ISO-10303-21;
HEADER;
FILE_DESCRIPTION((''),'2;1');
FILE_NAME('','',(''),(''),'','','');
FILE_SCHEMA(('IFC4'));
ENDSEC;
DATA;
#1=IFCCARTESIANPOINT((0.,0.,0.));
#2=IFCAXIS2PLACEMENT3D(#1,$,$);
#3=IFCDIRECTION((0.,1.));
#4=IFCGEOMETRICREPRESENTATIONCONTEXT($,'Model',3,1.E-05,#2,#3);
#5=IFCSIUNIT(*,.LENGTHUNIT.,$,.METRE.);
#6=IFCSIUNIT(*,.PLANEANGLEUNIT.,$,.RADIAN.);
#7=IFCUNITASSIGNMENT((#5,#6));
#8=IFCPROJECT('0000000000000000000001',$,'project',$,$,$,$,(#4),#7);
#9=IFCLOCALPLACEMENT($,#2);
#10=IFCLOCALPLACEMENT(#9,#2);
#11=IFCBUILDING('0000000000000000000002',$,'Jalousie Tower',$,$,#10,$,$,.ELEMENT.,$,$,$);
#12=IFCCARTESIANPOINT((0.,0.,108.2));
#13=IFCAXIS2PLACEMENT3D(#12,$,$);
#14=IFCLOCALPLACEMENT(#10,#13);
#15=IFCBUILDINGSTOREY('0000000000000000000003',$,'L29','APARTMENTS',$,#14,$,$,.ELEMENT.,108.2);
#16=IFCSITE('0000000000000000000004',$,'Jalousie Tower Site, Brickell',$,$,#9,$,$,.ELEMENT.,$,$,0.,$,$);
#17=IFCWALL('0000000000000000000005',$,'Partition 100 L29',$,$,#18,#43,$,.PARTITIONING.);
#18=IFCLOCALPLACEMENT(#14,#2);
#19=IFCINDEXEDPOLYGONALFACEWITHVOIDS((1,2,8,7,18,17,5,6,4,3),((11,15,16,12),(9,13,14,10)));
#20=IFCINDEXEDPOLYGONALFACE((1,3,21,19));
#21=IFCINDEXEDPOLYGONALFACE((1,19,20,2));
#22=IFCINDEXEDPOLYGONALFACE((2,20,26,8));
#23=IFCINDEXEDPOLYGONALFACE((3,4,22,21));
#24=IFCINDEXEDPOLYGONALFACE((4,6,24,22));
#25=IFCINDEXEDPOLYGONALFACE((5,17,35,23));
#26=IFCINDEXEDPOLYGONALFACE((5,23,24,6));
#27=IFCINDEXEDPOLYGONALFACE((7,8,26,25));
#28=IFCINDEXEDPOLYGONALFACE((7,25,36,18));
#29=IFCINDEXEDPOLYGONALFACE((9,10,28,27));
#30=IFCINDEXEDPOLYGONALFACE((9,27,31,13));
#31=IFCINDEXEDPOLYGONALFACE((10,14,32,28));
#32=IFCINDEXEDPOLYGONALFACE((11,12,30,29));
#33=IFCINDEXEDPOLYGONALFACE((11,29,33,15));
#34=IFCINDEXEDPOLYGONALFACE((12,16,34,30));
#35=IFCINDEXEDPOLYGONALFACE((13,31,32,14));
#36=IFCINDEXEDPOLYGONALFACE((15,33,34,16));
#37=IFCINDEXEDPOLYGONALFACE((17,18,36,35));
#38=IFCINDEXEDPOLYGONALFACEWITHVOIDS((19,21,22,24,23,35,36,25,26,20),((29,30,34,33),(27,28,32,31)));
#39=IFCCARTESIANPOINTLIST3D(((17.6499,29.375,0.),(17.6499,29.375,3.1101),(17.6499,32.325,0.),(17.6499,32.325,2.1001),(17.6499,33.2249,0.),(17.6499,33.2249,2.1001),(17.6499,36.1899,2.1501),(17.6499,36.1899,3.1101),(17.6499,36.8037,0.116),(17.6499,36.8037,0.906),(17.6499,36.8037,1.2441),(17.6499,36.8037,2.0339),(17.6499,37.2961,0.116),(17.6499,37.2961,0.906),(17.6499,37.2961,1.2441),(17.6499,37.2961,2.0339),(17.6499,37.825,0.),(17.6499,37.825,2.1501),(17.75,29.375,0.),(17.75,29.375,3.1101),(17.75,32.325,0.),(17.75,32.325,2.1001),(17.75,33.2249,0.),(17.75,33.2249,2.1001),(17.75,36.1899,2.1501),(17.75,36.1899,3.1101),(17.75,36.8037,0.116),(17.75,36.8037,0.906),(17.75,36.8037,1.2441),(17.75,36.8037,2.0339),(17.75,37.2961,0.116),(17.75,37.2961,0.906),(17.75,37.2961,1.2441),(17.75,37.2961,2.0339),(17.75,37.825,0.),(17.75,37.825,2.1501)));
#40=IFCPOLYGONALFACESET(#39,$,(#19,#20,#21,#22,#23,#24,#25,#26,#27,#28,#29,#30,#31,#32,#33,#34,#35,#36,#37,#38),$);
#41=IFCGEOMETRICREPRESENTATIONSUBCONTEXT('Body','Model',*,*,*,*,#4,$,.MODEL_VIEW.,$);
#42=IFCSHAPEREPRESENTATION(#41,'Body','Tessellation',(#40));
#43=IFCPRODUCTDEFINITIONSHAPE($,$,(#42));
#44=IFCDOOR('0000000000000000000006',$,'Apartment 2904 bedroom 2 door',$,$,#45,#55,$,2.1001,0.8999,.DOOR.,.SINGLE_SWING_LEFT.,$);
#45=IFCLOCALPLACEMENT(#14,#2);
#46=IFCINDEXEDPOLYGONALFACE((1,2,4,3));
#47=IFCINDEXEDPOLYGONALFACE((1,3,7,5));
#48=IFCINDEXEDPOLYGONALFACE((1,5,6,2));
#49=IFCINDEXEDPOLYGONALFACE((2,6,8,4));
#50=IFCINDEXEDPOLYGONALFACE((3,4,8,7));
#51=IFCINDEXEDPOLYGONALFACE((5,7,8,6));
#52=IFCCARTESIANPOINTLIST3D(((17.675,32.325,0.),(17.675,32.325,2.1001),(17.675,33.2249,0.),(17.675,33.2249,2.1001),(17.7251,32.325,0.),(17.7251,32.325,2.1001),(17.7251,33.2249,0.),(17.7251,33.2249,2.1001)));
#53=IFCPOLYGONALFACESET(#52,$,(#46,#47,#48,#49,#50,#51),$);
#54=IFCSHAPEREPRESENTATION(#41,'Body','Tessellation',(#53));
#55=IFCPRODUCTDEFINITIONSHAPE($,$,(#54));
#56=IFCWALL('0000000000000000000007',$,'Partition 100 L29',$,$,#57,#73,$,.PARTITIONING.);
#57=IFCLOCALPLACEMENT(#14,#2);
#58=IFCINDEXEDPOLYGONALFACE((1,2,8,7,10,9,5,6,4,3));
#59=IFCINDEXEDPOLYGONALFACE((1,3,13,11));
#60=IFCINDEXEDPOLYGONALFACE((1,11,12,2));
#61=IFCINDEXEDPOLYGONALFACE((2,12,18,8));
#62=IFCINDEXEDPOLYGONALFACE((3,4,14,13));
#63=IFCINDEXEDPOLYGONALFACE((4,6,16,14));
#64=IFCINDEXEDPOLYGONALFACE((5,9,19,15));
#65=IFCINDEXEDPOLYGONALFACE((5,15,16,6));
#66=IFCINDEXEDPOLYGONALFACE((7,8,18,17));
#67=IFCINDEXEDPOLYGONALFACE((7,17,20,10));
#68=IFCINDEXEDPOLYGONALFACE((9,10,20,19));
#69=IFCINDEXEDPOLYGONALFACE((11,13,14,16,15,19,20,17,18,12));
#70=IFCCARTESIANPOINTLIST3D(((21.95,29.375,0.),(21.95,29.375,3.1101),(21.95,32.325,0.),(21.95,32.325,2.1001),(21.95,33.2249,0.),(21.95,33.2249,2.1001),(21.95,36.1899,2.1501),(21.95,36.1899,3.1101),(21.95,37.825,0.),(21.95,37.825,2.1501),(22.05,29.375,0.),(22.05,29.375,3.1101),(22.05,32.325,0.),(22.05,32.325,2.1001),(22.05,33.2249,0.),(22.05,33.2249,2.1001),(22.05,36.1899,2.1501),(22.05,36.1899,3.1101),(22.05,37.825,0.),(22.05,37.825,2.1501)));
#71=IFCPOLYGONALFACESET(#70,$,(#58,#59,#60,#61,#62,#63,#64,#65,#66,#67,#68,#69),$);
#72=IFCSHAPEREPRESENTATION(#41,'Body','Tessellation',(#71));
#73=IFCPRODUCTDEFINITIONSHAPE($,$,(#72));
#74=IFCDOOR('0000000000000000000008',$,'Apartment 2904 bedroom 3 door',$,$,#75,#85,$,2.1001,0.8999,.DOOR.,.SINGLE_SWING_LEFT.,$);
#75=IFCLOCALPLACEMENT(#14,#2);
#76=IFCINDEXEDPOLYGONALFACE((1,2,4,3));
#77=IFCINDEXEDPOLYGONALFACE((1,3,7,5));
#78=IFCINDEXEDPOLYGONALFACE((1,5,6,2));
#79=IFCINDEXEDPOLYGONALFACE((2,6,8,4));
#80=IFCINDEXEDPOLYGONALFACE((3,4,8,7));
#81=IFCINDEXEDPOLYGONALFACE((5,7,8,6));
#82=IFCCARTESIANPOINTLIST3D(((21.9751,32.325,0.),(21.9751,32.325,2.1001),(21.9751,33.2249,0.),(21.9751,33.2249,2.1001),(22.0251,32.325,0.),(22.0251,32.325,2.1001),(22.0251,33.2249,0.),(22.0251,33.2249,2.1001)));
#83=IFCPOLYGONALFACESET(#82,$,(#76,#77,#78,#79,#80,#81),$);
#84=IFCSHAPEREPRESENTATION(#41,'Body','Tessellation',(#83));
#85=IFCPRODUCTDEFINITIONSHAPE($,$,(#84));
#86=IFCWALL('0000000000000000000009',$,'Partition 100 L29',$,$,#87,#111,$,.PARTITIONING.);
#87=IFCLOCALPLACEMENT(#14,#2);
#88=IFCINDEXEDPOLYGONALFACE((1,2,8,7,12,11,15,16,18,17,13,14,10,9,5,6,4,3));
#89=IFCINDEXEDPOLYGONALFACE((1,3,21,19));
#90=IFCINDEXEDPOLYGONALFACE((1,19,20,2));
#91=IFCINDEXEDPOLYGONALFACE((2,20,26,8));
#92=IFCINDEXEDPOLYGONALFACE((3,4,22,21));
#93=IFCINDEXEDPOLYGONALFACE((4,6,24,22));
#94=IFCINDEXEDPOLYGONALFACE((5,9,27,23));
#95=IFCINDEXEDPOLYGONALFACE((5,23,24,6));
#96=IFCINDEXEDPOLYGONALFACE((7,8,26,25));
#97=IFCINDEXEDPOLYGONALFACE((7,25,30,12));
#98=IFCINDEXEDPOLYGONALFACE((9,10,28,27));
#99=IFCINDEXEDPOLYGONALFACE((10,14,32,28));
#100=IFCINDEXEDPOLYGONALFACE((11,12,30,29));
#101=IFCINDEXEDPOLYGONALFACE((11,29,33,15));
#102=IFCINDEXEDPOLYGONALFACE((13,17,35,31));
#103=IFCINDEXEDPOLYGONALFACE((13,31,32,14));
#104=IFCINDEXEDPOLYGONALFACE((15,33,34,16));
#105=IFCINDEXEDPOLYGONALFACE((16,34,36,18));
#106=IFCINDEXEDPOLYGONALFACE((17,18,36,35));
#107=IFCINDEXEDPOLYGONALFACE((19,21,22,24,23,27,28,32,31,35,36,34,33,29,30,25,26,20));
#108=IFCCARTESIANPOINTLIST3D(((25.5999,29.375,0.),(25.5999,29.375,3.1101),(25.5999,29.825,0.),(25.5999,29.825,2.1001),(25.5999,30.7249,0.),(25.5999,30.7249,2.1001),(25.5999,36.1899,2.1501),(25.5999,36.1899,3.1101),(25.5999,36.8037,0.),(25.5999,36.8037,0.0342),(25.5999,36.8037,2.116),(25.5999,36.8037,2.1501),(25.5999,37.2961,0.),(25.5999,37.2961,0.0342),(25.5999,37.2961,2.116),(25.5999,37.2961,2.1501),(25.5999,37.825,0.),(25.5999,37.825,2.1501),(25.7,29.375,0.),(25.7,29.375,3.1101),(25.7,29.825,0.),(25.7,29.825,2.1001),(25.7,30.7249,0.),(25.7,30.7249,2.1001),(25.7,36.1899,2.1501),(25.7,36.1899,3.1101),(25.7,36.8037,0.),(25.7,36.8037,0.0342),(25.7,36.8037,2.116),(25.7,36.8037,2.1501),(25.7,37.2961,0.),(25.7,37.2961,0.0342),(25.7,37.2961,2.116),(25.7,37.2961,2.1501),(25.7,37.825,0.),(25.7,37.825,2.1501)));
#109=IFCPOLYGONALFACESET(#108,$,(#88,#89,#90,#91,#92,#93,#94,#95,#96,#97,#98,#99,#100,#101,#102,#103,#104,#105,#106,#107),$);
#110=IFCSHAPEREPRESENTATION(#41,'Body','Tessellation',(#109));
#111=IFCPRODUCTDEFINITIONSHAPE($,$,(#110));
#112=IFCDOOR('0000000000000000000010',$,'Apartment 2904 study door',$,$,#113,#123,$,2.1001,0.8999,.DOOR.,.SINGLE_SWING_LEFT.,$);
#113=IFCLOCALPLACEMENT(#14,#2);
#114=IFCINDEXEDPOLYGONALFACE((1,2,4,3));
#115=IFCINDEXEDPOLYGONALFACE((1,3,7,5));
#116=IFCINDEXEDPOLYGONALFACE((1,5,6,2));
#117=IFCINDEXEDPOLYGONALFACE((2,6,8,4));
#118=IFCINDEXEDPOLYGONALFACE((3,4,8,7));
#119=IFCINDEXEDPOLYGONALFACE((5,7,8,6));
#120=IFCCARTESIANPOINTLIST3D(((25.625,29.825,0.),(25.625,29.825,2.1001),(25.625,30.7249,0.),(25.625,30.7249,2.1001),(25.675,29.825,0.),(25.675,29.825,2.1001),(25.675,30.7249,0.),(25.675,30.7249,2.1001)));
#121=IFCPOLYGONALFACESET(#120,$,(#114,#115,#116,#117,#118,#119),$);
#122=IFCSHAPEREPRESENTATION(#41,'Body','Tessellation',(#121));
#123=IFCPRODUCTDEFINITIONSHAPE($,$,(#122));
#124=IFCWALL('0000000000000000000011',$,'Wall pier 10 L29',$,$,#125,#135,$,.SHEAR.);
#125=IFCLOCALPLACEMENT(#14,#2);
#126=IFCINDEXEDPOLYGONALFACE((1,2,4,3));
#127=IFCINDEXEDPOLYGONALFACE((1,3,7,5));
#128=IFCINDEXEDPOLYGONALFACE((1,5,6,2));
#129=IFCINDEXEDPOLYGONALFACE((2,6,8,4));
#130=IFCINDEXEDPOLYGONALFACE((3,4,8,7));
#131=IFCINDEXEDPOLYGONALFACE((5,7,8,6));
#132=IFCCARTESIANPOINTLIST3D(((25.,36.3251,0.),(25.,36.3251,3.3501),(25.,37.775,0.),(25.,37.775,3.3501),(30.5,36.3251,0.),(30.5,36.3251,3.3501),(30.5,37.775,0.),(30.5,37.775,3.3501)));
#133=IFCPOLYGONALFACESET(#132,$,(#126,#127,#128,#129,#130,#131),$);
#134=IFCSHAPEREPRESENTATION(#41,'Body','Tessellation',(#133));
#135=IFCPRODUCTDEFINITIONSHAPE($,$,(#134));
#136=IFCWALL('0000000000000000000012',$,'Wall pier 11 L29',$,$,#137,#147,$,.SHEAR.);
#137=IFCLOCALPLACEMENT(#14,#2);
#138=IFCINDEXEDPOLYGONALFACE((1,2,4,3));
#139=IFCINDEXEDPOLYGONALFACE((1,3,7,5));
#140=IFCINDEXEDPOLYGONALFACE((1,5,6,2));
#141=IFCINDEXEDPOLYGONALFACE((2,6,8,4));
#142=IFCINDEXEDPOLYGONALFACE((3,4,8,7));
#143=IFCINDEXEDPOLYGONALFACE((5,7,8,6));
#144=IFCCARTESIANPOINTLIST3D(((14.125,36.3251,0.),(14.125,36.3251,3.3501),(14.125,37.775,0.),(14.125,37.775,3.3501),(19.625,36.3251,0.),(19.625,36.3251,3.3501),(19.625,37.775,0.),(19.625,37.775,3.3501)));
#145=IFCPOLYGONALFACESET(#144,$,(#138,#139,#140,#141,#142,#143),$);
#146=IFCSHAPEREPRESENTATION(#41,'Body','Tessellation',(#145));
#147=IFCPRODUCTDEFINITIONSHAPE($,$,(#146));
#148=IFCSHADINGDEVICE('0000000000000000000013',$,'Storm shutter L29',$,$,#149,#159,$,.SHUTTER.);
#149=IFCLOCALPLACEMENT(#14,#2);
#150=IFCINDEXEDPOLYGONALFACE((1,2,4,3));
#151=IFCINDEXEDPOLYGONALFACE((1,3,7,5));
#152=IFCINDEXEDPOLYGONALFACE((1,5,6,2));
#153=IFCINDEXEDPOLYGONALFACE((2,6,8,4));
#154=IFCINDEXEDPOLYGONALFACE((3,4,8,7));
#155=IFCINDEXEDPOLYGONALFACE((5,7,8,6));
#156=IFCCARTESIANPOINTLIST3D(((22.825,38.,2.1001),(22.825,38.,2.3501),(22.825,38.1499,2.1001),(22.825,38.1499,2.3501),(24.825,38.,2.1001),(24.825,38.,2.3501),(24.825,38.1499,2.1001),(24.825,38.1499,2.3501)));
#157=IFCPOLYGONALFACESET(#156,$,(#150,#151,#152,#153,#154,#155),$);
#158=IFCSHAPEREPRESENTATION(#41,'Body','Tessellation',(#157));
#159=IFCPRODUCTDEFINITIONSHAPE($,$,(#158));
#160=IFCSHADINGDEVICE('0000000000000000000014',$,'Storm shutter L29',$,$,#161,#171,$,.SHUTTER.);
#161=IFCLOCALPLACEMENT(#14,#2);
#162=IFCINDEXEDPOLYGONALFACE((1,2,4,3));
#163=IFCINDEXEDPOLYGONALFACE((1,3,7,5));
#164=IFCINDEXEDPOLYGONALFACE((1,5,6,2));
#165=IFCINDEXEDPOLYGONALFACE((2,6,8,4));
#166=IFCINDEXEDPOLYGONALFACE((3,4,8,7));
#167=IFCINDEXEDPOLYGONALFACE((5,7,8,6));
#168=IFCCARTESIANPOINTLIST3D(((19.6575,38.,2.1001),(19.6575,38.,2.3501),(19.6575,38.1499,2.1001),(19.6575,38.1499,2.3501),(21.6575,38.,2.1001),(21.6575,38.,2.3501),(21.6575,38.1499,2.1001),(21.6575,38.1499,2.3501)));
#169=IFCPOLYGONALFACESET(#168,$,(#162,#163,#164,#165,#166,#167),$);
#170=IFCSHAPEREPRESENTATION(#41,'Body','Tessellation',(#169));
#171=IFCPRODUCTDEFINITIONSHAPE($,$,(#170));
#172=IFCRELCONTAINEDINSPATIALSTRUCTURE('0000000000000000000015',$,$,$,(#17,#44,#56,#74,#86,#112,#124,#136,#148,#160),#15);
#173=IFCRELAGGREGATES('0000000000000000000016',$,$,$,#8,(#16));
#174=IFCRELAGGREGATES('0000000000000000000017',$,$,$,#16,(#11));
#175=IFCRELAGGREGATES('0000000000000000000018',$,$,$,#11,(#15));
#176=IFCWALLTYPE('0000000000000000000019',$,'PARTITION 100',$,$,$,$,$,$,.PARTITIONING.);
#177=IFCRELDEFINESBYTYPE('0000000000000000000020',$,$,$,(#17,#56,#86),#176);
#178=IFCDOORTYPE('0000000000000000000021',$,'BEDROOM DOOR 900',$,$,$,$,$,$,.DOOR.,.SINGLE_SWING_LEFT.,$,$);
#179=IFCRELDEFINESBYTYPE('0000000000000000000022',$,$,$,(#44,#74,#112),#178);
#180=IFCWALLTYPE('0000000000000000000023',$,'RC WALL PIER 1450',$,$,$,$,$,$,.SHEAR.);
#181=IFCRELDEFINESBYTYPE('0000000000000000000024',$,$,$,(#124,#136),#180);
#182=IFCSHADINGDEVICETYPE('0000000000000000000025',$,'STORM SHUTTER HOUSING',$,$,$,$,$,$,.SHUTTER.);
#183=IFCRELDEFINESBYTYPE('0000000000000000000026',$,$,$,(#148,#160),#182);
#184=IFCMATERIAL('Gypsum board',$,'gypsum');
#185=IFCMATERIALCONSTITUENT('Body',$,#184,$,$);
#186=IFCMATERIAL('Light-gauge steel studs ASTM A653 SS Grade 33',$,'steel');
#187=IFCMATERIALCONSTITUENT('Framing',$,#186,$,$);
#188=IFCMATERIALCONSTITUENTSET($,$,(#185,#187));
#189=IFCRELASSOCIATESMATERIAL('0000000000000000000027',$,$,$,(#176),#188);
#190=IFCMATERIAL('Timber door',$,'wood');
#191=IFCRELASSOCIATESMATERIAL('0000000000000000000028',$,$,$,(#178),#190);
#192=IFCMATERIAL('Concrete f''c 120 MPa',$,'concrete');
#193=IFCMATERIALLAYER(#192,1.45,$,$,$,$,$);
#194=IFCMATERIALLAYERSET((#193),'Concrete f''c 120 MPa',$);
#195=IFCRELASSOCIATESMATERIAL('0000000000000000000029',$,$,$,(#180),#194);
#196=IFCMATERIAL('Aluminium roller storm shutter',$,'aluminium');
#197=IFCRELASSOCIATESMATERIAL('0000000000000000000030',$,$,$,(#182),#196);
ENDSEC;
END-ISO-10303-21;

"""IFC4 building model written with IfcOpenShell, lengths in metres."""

from ifc_helpers import new_model, si_unit, direction, frame, frame_2d, origin, origin_2d, place, context, subcontext, project, spatial, polyline, rectangle, outline, extrude, material, layer, layer_set, constituent, constituent_set, type_object, element, fill, save


model = new_model("IFC4")

# Units and contexts
model_context = context("Model", 3, precision=1e-05, world=origin(), true_north=direction((0.0, 1.0)))
body_context = subcontext(model_context, "Body", "Model", "MODEL_VIEW")
ifc_project = project(units=[si_unit("LENGTHUNIT", "METRE"), si_unit("PLANEANGLEUNIT", "RADIAN")], contexts=[model_context])

# Site, building, storey
site_placement = place(None, origin())
site = spatial("IfcSite", under=ifc_project, at=site_placement, Name="Jalousie Tower Site, Brickell", CompositionType="ELEMENT", RefElevation=0.0)
building_placement = place(site_placement, origin())
building = spatial("IfcBuilding", under=site, at=building_placement, Name="Jalousie Tower", CompositionType="ELEMENT")
storey_placement = place(building_placement, frame((0.0, 0.0, 108.2)))
storey = spatial("IfcBuildingStorey", under=building, at=storey_placement, Name="L29", Description="APARTMENTS", CompositionType="ELEMENT", Elevation=108.2)

# Walls, openings, doors
ifc_material_1 = material(Name="Gypsum board", Category="gypsum")
ifc_constituent_1 = constituent(ifc_material_1, Name="Body")
ifc_material_2 = material(Name="Light-gauge steel studs ASTM A653 SS Grade 33", Category="steel")
ifc_constituent_2 = constituent(ifc_material_2, Name="Framing")
ifc_constituent_set_1 = constituent_set(constituents=[ifc_constituent_1, ifc_constituent_2])
wall_type_1 = type_object("IfcWallType", Name="PARTITION 100", PredefinedType="PARTITIONING", material=ifc_constituent_set_1)
wall_1_placement = place(storey_placement, frame((17.7, 37.825, 0.0), z_axis=(0.0, 0.0, 1.0), x_axis=(0.0, -1.0, 0.0)))
wall_1 = element("IfcWall", 1, at=wall_1_placement, inside=storey, type_object=wall_type_1, Name="Partition 100 L29", PredefinedType="PARTITIONING", context=body_context, shape_type="SweptSolid", body=[
    extrude(outline(polyline([(1.635, 2.1501), (0.0, 2.1501), (0.0, 0.0), (8.45, 0.0), (8.45, 3.1101), (1.635, 3.1101), (1.635, 2.1501)]), holes=[polyline([(1.0212, 0.116), (0.5288, 0.116), (0.5288, 0.906), (1.0212, 0.906), (1.0212, 0.116)]), polyline([(1.0212, 1.2441), (0.5288, 1.2441), (0.5288, 2.0339), (1.0212, 2.0339), (1.0212, 1.2441)])]), frame((0.0, 0.05, 0.0), z_axis=(0.0, -1.0, 0.0), x_axis=(1.0, 0.0, 0.0)), (0.0, 0.0, 1.0), 0.1001),
])
opening_1_placement = place(wall_1_placement, frame((4.6001, 0.0, 0.0)))
opening_1 = element("IfcOpeningElement", 2, at=opening_1_placement, cuts=wall_1, PredefinedType="OPENING", context=body_context, shape_type="SweptSolid", body=[
    extrude(rectangle(XDim=0.8999, YDim=2.1001, at=frame_2d((0.45, 1.05))), frame((0.0, 0.0601, 0.0), z_axis=(0.0, -1.0, 0.0), x_axis=(1.0, 0.0, 0.0)), (0.0, 0.0, 1.0), 0.1201),
])
ifc_material_3 = material(Name="Timber door", Category="wood")
door_type_1 = type_object("IfcDoorType", Name="BEDROOM DOOR 900", OperationType="SINGLE_SWING_LEFT", PredefinedType="DOOR", material=ifc_material_3)
door_1_placement = place(opening_1_placement, frame((0.8999, 0.0, 0.0), z_axis=(0.0, 0.0, 1.0), x_axis=(-1.0, 0.0, 0.0)))
door_1 = element("IfcDoor", 3, at=door_1_placement, inside=storey, type_object=door_type_1, Name="Apartment 2904 bedroom 2 door", OperationType="SINGLE_SWING_LEFT", OverallHeight=2.1001, OverallWidth=0.8999, PredefinedType="DOOR", context=body_context, shape_type="SweptSolid", body=[
    extrude(rectangle(XDim=0.8999, YDim=2.1001, at=frame_2d((0.45, 1.05))), frame((0.0, 0.0249, 0.0), z_axis=(0.0, -1.0, 0.0), x_axis=(1.0, 0.0, 0.0)), (0.0, 0.0, 1.0), 0.05),
])
fill(opening_1, door_1)
wall_2_placement = place(storey_placement, frame((22.0, 37.825, 0.0), z_axis=(0.0, 0.0, 1.0), x_axis=(0.0, -1.0, 0.0)))
wall_2 = element("IfcWall", 4, at=wall_2_placement, inside=storey, type_object=wall_type_1, Name="Partition 100 L29", PredefinedType="PARTITIONING", context=body_context, shape_type="SweptSolid", body=[
    extrude(outline(polyline([(0.0, 0.0), (8.45, 0.0), (8.45, 3.1101), (1.635, 3.1101), (1.635, 2.1501), (0.0, 2.1501), (0.0, 3.1101), (0.0, 0.0)])), frame((0.0, 0.05, 0.0), z_axis=(0.0, -1.0, 0.0), x_axis=(1.0, 0.0, 0.0)), (0.0, 0.0, 1.0), 0.1001),
])
opening_2_placement = place(wall_2_placement, frame((4.6001, 0.0, 0.0)))
opening_2 = element("IfcOpeningElement", 5, at=opening_2_placement, cuts=wall_2, PredefinedType="OPENING", context=body_context, shape_type="SweptSolid", body=[
    extrude(rectangle(XDim=0.8999, YDim=2.1001, at=frame_2d((0.45, 1.05))), frame((0.0, 0.0601, 0.0), z_axis=(0.0, -1.0, 0.0), x_axis=(1.0, 0.0, 0.0)), (0.0, 0.0, 1.0), 0.1201),
])
door_2_placement = place(opening_2_placement, frame((0.8999, 0.0, 0.0), z_axis=(0.0, 0.0, 1.0), x_axis=(-1.0, 0.0, 0.0)))
door_2 = element("IfcDoor", 6, at=door_2_placement, inside=storey, type_object=door_type_1, Name="Apartment 2904 bedroom 3 door", OperationType="SINGLE_SWING_LEFT", OverallHeight=2.1001, OverallWidth=0.8999, PredefinedType="DOOR", context=body_context, shape_type="SweptSolid", body=[
    extrude(rectangle(XDim=0.8999, YDim=2.1001, at=frame_2d((0.45, 1.05))), frame((0.0, 0.0249, 0.0), z_axis=(0.0, -1.0, 0.0), x_axis=(1.0, 0.0, 0.0)), (0.0, 0.0, 1.0), 0.05),
])
fill(opening_2, door_2)
wall_3_placement = place(storey_placement, frame((25.6499, 37.825, 0.0), z_axis=(0.0, 0.0, 1.0), x_axis=(0.0, -1.0, 0.0)))
wall_3 = element("IfcWall", 7, at=wall_3_placement, inside=storey, type_object=wall_type_1, Name="Partition 100 L29", PredefinedType="PARTITIONING", context=body_context, shape_type="SweptSolid", body=[
    extrude(outline(polyline([(0.5288, 2.1501), (0.0, 2.1501), (0.0, 0.0), (0.5288, 0.0), (0.5288, 0.0342), (1.0212, 0.0342), (1.0212, 0.0), (8.45, 0.0), (8.45, 3.1101), (1.635, 3.1101), (1.635, 2.1501), (1.0212, 2.1501), (1.0212, 2.116), (0.5288, 2.116), (0.5288, 2.1501)])), frame((0.0, 0.05, 0.0), z_axis=(0.0, -1.0, 0.0), x_axis=(1.0, 0.0, 0.0)), (0.0, 0.0, 1.0), 0.1001),
])
opening_3_placement = place(wall_3_placement, frame((7.1001, 0.0, 0.0)))
opening_3 = element("IfcOpeningElement", 8, at=opening_3_placement, cuts=wall_3, PredefinedType="OPENING", context=body_context, shape_type="SweptSolid", body=[
    extrude(rectangle(XDim=0.8999, YDim=2.1001, at=frame_2d((0.45, 1.05))), frame((0.0, 0.0601, 0.0), z_axis=(0.0, -1.0, 0.0), x_axis=(1.0, 0.0, 0.0)), (0.0, 0.0, 1.0), 0.1201),
])
door_3_placement = place(opening_3_placement, frame((0.8999, 0.0, 0.0), z_axis=(0.0, 0.0, 1.0), x_axis=(-1.0, 0.0, 0.0)))
door_3 = element("IfcDoor", 9, at=door_3_placement, inside=storey, type_object=door_type_1, Name="Apartment 2904 study door", OperationType="SINGLE_SWING_LEFT", OverallHeight=2.1001, OverallWidth=0.8999, PredefinedType="DOOR", context=body_context, shape_type="SweptSolid", body=[
    extrude(rectangle(XDim=0.8999, YDim=2.1001, at=frame_2d((0.45, 1.05))), frame((0.0, 0.0249, 0.0), z_axis=(0.0, -1.0, 0.0), x_axis=(1.0, 0.0, 0.0)), (0.0, 0.0, 1.0), 0.05),
])
fill(opening_3, door_3)

# Walls
ifc_material_4 = material(Name="Concrete f'c 120 MPa", Category="concrete")
ifc_layer_1 = layer(ifc_material_4, 1.45)
ifc_layer_set_1 = layer_set([ifc_layer_1], Name="Concrete f'c 120 MPa")
wall_type_2 = type_object("IfcWallType", Name="RC WALL PIER 1450", PredefinedType="SHEAR", material=ifc_layer_set_1)
for number, where, z_axis, x_axis, name in (
    (10, (25.0, 37.05, 0.0), (0.0, 0.0, 1.0), (1.0, 0.0, 0.0), "Wall pier 10 L29"),
    (11, (14.125, 37.05, 0.0), (0.0, 0.0, 1.0), (1.0, 0.0, 0.0), "Wall pier 11 L29"),
):
    element("IfcWall", number, at=place(storey_placement, frame(where, z_axis=z_axis, x_axis=x_axis)), inside=storey, type_object=wall_type_2, Name=name, PredefinedType="SHEAR", context=body_context, shape_type="SweptSolid", body=[
        extrude(rectangle(XDim=5.5, YDim=1.45, at=frame_2d((2.75, 0.0))), origin(), (0.0, 0.0, 1.0), 3.3501),
    ])

# Shading devices
ifc_material_5 = material(Name="Aluminium roller storm shutter", Category="aluminium")
shading_device_type = type_object("IfcShadingDeviceType", Name="STORM SHUTTER HOUSING", PredefinedType="SHUTTER", material=ifc_material_5)
for number, where, z_axis, x_axis, name in (
    (12, (23.825, 38.075, 2.1001), (0.0, 0.0, 1.0), (-1.0, 0.0, 0.0), "Storm shutter L29"),
    (13, (20.6575, 38.075, 2.1001), (0.0, 0.0, 1.0), (-1.0, 0.0, 0.0), "Storm shutter L29"),
):
    element("IfcShadingDevice", number, at=place(storey_placement, frame(where, z_axis=z_axis, x_axis=x_axis)), inside=storey, type_object=shading_device_type, Name=name, PredefinedType="SHUTTER", context=body_context, shape_type="SweptSolid", body=[
        extrude(rectangle(XDim=2.0, YDim=0.1499, at=origin_2d()), origin(), (0.0, 0.0, 1.0), 0.25),
    ])

save(model, "model.ifc")
